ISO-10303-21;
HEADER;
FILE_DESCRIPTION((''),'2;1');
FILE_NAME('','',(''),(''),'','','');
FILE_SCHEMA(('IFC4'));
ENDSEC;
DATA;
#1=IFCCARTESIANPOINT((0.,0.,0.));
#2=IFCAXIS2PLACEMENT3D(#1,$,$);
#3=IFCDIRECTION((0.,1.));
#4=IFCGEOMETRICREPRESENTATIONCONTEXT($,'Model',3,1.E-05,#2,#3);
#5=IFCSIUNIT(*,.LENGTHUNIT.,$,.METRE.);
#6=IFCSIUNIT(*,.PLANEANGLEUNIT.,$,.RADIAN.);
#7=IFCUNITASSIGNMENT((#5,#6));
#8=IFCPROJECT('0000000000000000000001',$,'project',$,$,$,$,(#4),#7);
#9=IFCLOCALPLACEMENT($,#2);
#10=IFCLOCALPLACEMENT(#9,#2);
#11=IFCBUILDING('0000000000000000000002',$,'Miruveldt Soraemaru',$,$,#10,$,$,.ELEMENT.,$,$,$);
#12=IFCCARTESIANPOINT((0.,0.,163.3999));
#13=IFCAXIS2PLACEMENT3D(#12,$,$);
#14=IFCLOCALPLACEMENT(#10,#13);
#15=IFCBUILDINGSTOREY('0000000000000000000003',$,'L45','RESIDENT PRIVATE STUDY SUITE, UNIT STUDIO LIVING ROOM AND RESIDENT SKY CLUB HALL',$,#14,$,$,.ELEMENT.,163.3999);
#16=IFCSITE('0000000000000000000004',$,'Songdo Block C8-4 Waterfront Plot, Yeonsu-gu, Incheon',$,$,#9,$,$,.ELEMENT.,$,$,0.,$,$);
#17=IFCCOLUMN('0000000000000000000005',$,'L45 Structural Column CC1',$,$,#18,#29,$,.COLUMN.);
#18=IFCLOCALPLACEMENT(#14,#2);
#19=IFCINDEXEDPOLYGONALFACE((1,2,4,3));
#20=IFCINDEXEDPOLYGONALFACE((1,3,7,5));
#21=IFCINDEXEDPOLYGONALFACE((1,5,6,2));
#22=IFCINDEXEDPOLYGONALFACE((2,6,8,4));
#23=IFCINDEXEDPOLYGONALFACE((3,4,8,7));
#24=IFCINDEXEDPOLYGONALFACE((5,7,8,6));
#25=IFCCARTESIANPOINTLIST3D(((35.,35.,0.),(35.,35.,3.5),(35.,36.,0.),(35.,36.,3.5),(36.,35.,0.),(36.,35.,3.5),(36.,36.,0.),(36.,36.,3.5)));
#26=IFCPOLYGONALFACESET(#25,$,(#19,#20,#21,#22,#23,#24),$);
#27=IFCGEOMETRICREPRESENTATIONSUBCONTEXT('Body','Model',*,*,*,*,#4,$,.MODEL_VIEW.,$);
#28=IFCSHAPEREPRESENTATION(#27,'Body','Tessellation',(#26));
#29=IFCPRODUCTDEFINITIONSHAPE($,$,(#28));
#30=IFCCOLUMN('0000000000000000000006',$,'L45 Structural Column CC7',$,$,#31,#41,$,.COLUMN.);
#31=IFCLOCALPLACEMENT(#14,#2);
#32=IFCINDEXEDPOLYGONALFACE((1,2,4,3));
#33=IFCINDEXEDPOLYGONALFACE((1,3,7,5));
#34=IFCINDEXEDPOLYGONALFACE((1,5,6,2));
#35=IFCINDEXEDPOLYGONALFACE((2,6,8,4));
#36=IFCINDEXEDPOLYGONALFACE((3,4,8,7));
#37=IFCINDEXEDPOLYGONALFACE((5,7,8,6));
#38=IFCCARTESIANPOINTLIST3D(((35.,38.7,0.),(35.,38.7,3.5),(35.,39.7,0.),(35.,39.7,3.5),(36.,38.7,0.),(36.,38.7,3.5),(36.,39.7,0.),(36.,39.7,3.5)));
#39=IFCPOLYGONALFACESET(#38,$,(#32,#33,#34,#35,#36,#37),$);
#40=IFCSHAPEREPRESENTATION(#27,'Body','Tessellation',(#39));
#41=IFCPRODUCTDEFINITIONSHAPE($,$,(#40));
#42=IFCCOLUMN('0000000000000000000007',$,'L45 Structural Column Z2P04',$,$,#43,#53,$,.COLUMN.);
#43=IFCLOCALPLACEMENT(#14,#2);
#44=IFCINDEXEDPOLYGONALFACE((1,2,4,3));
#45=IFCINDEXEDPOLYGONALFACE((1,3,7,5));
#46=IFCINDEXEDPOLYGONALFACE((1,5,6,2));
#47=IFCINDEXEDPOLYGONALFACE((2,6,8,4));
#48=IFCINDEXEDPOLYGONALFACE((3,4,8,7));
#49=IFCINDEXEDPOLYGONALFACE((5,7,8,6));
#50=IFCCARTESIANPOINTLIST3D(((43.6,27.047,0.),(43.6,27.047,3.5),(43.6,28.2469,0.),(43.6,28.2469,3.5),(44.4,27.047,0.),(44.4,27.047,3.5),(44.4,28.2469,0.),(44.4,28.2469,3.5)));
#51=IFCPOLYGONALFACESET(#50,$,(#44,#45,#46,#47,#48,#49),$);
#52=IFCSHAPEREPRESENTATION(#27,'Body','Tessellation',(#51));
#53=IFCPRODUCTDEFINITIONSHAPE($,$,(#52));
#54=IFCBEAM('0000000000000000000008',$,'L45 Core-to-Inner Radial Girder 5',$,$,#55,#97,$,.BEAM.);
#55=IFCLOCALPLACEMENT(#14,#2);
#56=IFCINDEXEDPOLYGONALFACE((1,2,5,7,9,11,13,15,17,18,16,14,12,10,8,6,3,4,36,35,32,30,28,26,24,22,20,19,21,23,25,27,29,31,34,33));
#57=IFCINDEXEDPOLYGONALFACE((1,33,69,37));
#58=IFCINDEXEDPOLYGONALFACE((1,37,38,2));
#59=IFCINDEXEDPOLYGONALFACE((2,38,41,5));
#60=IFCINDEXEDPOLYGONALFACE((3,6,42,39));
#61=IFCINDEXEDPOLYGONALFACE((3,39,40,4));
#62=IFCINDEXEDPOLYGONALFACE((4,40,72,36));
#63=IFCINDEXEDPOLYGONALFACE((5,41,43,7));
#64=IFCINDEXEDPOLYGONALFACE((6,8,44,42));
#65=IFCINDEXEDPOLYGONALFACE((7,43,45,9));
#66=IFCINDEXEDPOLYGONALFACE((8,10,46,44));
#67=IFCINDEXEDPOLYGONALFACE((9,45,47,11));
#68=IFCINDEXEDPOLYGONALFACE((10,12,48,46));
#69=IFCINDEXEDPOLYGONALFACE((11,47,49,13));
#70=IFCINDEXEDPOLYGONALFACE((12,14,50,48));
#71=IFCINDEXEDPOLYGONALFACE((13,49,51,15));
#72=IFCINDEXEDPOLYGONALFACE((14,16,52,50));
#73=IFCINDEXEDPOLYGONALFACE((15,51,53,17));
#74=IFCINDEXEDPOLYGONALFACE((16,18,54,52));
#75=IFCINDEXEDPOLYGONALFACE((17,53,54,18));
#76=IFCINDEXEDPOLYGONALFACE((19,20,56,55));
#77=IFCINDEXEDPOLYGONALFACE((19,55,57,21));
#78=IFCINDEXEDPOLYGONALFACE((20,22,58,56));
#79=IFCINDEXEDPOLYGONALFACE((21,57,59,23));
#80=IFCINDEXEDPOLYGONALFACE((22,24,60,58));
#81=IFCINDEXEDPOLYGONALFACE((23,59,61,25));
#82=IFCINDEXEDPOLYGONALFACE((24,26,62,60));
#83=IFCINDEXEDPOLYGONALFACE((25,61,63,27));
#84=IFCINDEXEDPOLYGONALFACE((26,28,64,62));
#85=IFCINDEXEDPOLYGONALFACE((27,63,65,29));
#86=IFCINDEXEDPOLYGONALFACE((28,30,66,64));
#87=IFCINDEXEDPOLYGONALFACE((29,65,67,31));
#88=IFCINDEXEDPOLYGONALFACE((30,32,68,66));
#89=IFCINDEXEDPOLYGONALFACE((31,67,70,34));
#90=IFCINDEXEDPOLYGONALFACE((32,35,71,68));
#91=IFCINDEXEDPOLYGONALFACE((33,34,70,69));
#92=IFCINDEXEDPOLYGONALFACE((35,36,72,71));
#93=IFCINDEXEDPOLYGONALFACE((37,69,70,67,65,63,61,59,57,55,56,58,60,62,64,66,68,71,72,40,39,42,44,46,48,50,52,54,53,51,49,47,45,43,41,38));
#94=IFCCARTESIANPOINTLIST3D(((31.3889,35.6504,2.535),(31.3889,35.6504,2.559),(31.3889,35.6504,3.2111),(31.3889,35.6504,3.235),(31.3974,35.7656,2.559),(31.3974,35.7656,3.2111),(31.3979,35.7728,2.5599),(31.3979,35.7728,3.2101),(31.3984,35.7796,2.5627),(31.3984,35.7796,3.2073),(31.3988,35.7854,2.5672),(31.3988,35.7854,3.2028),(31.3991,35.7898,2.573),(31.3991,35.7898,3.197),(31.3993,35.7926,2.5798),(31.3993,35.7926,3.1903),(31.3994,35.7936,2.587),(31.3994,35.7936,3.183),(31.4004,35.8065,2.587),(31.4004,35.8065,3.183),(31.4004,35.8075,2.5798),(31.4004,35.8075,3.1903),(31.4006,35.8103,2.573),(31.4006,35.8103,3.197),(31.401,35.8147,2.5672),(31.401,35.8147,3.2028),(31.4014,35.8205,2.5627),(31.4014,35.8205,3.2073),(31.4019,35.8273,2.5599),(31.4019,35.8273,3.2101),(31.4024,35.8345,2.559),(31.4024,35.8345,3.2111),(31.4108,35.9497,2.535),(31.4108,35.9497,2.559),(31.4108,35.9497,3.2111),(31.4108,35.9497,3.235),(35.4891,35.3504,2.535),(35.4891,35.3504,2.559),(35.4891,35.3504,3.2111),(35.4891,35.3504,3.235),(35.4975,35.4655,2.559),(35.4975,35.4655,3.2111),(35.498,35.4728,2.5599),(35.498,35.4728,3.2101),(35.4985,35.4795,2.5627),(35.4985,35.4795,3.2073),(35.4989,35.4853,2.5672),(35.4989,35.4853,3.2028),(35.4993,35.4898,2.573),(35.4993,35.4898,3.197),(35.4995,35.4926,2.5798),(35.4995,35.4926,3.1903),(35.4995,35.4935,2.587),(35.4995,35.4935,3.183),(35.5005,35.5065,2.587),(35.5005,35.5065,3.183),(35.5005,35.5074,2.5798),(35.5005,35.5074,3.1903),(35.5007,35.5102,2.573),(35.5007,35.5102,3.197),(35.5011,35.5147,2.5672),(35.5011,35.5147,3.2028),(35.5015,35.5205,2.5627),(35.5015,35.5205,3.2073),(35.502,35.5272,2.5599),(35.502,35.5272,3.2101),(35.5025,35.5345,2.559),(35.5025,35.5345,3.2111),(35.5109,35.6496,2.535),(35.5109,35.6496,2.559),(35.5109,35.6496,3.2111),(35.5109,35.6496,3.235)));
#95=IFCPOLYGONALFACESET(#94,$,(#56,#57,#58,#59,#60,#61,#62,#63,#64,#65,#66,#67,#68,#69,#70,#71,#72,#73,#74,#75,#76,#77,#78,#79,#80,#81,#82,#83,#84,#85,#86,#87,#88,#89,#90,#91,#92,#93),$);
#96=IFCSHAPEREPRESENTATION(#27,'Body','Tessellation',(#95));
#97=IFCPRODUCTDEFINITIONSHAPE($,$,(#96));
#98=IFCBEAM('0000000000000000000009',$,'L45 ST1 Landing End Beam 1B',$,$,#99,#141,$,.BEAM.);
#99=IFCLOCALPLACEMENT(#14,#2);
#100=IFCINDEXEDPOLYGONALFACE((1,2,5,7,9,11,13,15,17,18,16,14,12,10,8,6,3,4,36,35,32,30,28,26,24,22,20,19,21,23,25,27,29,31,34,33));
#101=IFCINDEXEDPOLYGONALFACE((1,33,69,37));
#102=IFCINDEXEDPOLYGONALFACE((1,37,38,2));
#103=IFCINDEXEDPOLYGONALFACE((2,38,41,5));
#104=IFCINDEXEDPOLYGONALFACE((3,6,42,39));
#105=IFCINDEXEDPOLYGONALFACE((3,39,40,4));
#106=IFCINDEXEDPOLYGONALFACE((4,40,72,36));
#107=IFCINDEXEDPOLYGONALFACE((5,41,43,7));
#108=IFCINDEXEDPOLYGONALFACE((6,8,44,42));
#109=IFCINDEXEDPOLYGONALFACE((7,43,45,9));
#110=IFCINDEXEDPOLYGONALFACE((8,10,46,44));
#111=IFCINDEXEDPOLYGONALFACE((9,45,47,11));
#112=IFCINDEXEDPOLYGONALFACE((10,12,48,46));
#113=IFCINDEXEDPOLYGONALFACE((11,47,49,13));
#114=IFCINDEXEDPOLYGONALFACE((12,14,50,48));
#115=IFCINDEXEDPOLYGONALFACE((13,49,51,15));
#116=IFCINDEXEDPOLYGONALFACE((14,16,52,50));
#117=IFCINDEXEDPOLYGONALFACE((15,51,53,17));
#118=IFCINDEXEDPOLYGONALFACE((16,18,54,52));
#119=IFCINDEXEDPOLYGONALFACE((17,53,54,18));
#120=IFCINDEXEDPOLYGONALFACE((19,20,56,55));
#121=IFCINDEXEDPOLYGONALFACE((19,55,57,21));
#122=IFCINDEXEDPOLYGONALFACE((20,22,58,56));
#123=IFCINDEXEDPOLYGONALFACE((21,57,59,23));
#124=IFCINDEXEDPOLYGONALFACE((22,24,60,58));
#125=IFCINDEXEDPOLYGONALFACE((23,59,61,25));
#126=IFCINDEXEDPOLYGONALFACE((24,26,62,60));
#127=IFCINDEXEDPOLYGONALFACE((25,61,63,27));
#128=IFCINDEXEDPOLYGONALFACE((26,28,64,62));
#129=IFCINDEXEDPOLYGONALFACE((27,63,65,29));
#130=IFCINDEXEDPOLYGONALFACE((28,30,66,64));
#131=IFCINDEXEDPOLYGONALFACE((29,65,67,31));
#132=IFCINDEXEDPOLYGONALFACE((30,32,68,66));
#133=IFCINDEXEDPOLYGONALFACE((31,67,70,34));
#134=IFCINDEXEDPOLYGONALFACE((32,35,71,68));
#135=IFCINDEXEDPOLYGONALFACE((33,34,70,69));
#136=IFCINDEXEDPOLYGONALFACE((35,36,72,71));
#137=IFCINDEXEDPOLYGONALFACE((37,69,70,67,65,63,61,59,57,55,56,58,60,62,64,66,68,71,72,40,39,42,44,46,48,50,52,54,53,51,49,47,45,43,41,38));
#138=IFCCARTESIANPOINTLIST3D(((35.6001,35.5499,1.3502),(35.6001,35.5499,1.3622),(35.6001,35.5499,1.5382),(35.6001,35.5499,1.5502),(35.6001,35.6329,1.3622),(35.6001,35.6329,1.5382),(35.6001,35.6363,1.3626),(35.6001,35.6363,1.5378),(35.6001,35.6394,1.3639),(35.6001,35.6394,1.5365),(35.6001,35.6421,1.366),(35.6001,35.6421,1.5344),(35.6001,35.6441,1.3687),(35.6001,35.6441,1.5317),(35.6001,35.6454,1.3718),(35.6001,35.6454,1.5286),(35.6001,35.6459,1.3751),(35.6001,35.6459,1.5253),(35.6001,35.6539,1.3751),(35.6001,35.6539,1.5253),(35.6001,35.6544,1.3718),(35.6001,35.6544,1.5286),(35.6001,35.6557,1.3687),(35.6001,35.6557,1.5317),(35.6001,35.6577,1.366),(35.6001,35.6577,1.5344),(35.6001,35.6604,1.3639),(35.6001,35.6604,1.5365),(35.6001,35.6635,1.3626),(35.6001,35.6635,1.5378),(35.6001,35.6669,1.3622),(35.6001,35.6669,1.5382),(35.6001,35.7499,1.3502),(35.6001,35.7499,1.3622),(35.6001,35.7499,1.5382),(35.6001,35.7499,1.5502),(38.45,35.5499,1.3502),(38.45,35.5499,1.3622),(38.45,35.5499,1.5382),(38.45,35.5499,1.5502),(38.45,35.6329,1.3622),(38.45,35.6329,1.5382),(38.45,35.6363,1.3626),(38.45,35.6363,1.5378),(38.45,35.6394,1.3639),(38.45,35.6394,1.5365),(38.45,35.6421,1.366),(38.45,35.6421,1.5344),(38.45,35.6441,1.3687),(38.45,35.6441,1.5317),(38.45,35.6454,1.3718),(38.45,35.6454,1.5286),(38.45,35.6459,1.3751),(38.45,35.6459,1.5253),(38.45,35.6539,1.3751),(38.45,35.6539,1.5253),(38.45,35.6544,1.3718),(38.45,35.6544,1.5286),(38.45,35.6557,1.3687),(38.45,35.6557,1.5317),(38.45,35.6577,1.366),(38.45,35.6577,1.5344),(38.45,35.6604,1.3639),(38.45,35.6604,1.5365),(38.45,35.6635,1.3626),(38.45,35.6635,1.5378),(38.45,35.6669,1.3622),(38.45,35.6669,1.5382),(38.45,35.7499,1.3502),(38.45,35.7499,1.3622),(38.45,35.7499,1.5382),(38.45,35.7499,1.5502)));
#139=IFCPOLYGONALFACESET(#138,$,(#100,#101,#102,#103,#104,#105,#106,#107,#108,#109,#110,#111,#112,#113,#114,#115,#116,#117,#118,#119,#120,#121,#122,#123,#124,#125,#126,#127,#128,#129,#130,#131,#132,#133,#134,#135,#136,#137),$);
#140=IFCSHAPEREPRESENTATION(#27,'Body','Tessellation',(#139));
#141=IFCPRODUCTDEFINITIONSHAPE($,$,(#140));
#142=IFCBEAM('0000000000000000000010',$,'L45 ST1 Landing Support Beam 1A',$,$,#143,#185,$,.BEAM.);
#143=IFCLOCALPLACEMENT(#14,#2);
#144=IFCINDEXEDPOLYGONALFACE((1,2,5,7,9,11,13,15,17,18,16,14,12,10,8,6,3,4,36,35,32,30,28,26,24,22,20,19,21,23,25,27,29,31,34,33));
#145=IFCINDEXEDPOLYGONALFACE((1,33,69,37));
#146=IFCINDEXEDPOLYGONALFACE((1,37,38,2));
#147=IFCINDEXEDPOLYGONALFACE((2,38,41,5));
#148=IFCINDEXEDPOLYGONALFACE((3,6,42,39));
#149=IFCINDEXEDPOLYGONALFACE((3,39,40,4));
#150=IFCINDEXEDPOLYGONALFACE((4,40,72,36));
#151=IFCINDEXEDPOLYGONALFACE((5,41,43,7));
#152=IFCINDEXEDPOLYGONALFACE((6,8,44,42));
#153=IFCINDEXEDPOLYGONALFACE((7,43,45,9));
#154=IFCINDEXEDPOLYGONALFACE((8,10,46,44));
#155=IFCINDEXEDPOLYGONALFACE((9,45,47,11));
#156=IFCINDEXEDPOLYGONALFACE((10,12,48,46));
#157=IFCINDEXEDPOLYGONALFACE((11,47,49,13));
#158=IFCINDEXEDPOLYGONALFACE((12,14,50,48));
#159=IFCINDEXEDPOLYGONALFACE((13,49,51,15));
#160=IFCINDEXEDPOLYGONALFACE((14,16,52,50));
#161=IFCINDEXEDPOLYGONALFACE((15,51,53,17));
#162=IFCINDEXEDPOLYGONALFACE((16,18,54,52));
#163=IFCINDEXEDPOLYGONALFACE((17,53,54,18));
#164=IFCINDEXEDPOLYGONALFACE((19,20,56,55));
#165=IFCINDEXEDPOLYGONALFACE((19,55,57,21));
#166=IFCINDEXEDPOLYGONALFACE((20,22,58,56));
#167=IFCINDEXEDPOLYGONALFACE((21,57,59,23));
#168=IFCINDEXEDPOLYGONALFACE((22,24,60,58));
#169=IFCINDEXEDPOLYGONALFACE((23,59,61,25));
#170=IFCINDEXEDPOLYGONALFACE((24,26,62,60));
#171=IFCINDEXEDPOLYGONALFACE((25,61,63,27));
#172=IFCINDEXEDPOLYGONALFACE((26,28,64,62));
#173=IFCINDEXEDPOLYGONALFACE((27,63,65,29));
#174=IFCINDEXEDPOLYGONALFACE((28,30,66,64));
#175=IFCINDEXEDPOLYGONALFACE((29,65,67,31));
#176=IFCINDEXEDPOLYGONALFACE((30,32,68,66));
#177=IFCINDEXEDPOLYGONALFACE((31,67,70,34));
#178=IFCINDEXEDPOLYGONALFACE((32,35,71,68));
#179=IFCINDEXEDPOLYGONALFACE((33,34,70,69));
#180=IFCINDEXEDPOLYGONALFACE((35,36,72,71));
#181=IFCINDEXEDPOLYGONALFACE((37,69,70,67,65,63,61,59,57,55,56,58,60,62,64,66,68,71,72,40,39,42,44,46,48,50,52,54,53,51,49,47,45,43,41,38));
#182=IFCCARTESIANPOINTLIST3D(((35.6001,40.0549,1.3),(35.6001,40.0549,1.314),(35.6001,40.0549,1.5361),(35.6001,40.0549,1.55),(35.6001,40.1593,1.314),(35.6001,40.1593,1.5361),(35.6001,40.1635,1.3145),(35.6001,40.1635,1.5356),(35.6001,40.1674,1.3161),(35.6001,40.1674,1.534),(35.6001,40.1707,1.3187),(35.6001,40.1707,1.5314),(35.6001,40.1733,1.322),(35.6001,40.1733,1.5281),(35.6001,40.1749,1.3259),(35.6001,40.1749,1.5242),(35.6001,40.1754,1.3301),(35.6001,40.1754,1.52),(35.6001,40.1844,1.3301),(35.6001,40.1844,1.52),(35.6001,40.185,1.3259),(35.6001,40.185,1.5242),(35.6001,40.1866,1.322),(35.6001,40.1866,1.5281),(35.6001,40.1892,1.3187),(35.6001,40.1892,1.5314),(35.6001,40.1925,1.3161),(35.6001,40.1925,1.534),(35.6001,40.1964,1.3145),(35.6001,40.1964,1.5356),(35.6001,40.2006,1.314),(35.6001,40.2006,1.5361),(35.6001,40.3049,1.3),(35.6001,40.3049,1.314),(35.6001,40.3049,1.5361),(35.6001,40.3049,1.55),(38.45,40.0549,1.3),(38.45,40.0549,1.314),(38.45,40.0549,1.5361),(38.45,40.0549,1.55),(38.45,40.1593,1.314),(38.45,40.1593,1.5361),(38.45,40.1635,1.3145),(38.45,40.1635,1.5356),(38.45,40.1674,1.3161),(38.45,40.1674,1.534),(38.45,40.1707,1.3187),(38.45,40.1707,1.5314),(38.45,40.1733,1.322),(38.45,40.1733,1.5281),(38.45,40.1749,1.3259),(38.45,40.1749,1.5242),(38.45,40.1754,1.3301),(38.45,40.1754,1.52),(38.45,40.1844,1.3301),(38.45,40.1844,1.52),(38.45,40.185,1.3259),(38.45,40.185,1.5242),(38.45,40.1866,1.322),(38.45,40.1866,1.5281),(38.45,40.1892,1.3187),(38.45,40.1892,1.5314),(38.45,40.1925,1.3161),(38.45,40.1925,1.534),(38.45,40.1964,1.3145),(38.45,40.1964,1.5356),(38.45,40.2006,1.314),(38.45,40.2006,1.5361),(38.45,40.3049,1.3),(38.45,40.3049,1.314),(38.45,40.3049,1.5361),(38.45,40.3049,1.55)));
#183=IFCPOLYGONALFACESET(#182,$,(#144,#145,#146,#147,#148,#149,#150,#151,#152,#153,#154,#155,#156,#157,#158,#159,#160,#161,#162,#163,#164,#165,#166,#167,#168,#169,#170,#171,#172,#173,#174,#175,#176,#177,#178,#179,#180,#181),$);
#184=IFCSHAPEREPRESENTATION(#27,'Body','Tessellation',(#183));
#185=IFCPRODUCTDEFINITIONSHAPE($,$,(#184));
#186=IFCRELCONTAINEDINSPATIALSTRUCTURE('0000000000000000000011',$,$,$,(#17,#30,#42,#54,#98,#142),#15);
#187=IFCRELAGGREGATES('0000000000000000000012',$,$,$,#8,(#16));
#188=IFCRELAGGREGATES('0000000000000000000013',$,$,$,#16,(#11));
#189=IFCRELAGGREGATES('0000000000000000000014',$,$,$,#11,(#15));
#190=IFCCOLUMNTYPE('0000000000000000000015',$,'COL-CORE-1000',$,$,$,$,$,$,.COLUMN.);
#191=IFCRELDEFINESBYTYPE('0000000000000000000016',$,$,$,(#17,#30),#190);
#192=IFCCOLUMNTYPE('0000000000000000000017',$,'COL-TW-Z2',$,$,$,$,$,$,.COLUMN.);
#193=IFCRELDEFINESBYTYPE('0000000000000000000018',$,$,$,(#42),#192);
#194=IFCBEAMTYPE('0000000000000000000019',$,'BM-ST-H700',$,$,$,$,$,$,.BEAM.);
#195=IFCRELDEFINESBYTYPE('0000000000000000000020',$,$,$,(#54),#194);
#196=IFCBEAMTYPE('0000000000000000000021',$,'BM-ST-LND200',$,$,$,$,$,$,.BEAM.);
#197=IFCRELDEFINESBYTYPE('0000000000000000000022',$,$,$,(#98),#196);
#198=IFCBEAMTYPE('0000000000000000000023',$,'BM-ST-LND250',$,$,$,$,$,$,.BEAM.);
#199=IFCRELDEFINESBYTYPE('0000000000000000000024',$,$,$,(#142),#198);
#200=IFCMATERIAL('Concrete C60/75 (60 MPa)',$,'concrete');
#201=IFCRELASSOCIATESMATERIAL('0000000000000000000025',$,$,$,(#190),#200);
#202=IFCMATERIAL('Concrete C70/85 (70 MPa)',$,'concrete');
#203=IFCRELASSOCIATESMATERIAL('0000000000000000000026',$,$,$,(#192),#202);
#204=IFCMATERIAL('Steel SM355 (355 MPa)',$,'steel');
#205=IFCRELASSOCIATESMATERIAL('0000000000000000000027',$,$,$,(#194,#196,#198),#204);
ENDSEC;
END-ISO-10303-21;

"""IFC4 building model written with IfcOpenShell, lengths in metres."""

from ifc_helpers import new_model, si_unit, direction, frame, origin, origin_2d, place, context, subcontext, project, spatial, rectangle, i_section, extrude, material, material_profile, profile_set, type_object, element, save


model = new_model("IFC4")

# Units and contexts
model_context = context("Model", 3, precision=1e-05, world=origin(), true_north=direction((0.0, 1.0)))
body_context = subcontext(model_context, "Body", "Model", "MODEL_VIEW")
ifc_project = project(units=[si_unit("LENGTHUNIT", "METRE"), si_unit("PLANEANGLEUNIT", "RADIAN")], contexts=[model_context])

# Site, building, storey
site_placement = place(None, origin())
site = spatial("IfcSite", under=ifc_project, at=site_placement, Name="Songdo Block C8-4 Waterfront Plot, Yeonsu-gu, Incheon", CompositionType="ELEMENT", RefElevation=0.0)
building_placement = place(site_placement, origin())
building = spatial("IfcBuilding", under=site, at=building_placement, Name="Miruveldt Soraemaru", CompositionType="ELEMENT")
storey_placement = place(building_placement, frame((0.0, 0.0, 163.3999)))
storey = spatial("IfcBuildingStorey", under=building, at=storey_placement, Name="L45", Description="RESIDENT PRIVATE STUDY SUITE, UNIT STUDIO LIVING ROOM AND RESIDENT SKY CLUB HALL", CompositionType="ELEMENT", Elevation=163.3999)

# Columns
ifc_material_1 = material(Name="Concrete C60/75 (60 MPa)", Category="concrete")
ifc_material_profile_1 = material_profile(ifc_material_1, rectangle(XDim=1.0, YDim=1.0, at=origin_2d()), Name="Concrete C60/75 (60 MPa)", Category="concrete")
ifc_profile_set_1 = profile_set([ifc_material_profile_1], Name="Concrete C60/75 (60 MPa)")
column_type_1 = type_object("IfcColumnType", Name="COL-CORE-1000", PredefinedType="COLUMN", material=ifc_profile_set_1)
for number, where, z_axis, x_axis, name in (
    (1, (35.5, 35.5, 0.0), (0.0, 0.0, 1.0), (1.0, 0.0, 0.0), "L45 Structural Column CC1"),
    (2, (35.5, 39.2, 0.0), (0.0, 0.0, 1.0), (1.0, 0.0, 0.0), "L45 Structural Column CC7"),
):
    element("IfcColumn", number, at=place(storey_placement, frame(where, z_axis=z_axis, x_axis=x_axis)), inside=storey, type_object=column_type_1, Name=name, PredefinedType="COLUMN", context=body_context, shape_type="SweptSolid", body=[
        extrude(rectangle(XDim=1.0, YDim=1.0, at=origin_2d()), origin(), (0.0, 0.0, 1.0), 3.5),
    ])
ifc_material_2 = material(Name="Concrete C70/85 (70 MPa)", Category="concrete")
ifc_material_profile_2 = material_profile(ifc_material_2, rectangle(XDim=1.2, YDim=0.8, at=origin_2d()), Name="Concrete C70/85 (70 MPa)", Category="concrete")
ifc_profile_set_2 = profile_set([ifc_material_profile_2], Name="Concrete C70/85 (70 MPa)")
column_type_2 = type_object("IfcColumnType", Name="COL-TW-Z2", PredefinedType="COLUMN", material=ifc_profile_set_2)
column_placement = place(storey_placement, frame((44.0, 27.647, 0.0), z_axis=(0.0, 0.0, 1.0), x_axis=(0.0, 1.0, 0.0)))
element("IfcColumn", 3, at=column_placement, inside=storey, type_object=column_type_2, Name="L45 Structural Column Z2P04", PredefinedType="COLUMN", context=body_context, shape_type="SweptSolid", body=[
    extrude(rectangle(XDim=1.2, YDim=0.8, at=origin_2d()), origin(), (0.0, 0.0, 1.0), 3.5),
])

# Beams
ifc_material_3 = material(Name="Steel SM355 (355 MPa)", Category="steel")
ifc_material_profile_3 = material_profile(ifc_material_3, i_section(OverallWidth=0.3, OverallDepth=0.7, WebThickness=0.0129, FlangeThickness=0.0239, FilletRadius=0.0281, at=origin_2d()), Name="Steel SM355 (355 MPa)", Category="steel")
ifc_profile_set_3 = profile_set([ifc_material_profile_3], Name="Steel SM355 (355 MPa)")
beam_type_1 = type_object("IfcBeamType", Name="BM-ST-H700", PredefinedType="BEAM", material=ifc_profile_set_3)
beam_1_placement = place(storey_placement, frame((35.5, 35.5, 2.885), z_axis=(-0.997333, 0.072986, 0.0), x_axis=(-0.072986, -0.997333, 0.0)))
element("IfcBeam", 4, at=beam_1_placement, inside=storey, type_object=beam_type_1, Name="L45 Core-to-Inner Radial Girder 5", PredefinedType="BEAM", context=body_context, shape_type="SweptSolid", body=[
    extrude(i_section(OverallWidth=0.3, OverallDepth=0.7, WebThickness=0.0129, FlangeThickness=0.0239, FilletRadius=0.0281, at=origin_2d()), origin(), (0.0, 0.0, 1.0), 4.1111),
])
ifc_material_profile_4 = material_profile(ifc_material_3, i_section(OverallWidth=0.2, OverallDepth=0.2, WebThickness=0.0081, FlangeThickness=0.012, FilletRadius=0.0129, at=origin_2d()), Name="Steel SM355 (355 MPa)", Category="steel")
ifc_profile_set_4 = profile_set([ifc_material_profile_4], Name="Steel SM355 (355 MPa)")
beam_type_2 = type_object("IfcBeamType", Name="BM-ST-LND200", PredefinedType="BEAM", material=ifc_profile_set_4)
beam_2_placement = place(storey_placement, frame((35.6001, 35.6499, 1.4502), z_axis=(1.0, 0.0, 0.0), x_axis=(0.0, 1.0, 0.0)))
element("IfcBeam", 5, at=beam_2_placement, inside=storey, type_object=beam_type_2, Name="L45 ST1 Landing End Beam 1B", PredefinedType="BEAM", context=body_context, shape_type="SweptSolid", body=[
    extrude(i_section(OverallWidth=0.2, OverallDepth=0.2, WebThickness=0.0081, FlangeThickness=0.012, FilletRadius=0.0129, at=origin_2d()), origin(), (0.0, 0.0, 1.0), 2.8499),
])
ifc_material_profile_5 = material_profile(ifc_material_3, i_section(OverallWidth=0.25, OverallDepth=0.25, WebThickness=0.009, FlangeThickness=0.0139, FilletRadius=0.0161, at=origin_2d()), Name="Steel SM355 (355 MPa)", Category="steel")
ifc_profile_set_5 = profile_set([ifc_material_profile_5], Name="Steel SM355 (355 MPa)")
beam_type_3 = type_object("IfcBeamType", Name="BM-ST-LND250", PredefinedType="BEAM", material=ifc_profile_set_5)
beam_3_placement = place(storey_placement, frame((35.6001, 40.1799, 1.425), z_axis=(1.0, 0.0, 0.0), x_axis=(0.0, 1.0, 0.0)))
element("IfcBeam", 6, at=beam_3_placement, inside=storey, type_object=beam_type_3, Name="L45 ST1 Landing Support Beam 1A", PredefinedType="BEAM", context=body_context, shape_type="SweptSolid", body=[
    extrude(i_section(OverallWidth=0.25, OverallDepth=0.25, WebThickness=0.009, FlangeThickness=0.0139, FilletRadius=0.0161, at=origin_2d()), origin(), (0.0, 0.0, 1.0), 2.8499),
])

save(model, "model.ifc")
